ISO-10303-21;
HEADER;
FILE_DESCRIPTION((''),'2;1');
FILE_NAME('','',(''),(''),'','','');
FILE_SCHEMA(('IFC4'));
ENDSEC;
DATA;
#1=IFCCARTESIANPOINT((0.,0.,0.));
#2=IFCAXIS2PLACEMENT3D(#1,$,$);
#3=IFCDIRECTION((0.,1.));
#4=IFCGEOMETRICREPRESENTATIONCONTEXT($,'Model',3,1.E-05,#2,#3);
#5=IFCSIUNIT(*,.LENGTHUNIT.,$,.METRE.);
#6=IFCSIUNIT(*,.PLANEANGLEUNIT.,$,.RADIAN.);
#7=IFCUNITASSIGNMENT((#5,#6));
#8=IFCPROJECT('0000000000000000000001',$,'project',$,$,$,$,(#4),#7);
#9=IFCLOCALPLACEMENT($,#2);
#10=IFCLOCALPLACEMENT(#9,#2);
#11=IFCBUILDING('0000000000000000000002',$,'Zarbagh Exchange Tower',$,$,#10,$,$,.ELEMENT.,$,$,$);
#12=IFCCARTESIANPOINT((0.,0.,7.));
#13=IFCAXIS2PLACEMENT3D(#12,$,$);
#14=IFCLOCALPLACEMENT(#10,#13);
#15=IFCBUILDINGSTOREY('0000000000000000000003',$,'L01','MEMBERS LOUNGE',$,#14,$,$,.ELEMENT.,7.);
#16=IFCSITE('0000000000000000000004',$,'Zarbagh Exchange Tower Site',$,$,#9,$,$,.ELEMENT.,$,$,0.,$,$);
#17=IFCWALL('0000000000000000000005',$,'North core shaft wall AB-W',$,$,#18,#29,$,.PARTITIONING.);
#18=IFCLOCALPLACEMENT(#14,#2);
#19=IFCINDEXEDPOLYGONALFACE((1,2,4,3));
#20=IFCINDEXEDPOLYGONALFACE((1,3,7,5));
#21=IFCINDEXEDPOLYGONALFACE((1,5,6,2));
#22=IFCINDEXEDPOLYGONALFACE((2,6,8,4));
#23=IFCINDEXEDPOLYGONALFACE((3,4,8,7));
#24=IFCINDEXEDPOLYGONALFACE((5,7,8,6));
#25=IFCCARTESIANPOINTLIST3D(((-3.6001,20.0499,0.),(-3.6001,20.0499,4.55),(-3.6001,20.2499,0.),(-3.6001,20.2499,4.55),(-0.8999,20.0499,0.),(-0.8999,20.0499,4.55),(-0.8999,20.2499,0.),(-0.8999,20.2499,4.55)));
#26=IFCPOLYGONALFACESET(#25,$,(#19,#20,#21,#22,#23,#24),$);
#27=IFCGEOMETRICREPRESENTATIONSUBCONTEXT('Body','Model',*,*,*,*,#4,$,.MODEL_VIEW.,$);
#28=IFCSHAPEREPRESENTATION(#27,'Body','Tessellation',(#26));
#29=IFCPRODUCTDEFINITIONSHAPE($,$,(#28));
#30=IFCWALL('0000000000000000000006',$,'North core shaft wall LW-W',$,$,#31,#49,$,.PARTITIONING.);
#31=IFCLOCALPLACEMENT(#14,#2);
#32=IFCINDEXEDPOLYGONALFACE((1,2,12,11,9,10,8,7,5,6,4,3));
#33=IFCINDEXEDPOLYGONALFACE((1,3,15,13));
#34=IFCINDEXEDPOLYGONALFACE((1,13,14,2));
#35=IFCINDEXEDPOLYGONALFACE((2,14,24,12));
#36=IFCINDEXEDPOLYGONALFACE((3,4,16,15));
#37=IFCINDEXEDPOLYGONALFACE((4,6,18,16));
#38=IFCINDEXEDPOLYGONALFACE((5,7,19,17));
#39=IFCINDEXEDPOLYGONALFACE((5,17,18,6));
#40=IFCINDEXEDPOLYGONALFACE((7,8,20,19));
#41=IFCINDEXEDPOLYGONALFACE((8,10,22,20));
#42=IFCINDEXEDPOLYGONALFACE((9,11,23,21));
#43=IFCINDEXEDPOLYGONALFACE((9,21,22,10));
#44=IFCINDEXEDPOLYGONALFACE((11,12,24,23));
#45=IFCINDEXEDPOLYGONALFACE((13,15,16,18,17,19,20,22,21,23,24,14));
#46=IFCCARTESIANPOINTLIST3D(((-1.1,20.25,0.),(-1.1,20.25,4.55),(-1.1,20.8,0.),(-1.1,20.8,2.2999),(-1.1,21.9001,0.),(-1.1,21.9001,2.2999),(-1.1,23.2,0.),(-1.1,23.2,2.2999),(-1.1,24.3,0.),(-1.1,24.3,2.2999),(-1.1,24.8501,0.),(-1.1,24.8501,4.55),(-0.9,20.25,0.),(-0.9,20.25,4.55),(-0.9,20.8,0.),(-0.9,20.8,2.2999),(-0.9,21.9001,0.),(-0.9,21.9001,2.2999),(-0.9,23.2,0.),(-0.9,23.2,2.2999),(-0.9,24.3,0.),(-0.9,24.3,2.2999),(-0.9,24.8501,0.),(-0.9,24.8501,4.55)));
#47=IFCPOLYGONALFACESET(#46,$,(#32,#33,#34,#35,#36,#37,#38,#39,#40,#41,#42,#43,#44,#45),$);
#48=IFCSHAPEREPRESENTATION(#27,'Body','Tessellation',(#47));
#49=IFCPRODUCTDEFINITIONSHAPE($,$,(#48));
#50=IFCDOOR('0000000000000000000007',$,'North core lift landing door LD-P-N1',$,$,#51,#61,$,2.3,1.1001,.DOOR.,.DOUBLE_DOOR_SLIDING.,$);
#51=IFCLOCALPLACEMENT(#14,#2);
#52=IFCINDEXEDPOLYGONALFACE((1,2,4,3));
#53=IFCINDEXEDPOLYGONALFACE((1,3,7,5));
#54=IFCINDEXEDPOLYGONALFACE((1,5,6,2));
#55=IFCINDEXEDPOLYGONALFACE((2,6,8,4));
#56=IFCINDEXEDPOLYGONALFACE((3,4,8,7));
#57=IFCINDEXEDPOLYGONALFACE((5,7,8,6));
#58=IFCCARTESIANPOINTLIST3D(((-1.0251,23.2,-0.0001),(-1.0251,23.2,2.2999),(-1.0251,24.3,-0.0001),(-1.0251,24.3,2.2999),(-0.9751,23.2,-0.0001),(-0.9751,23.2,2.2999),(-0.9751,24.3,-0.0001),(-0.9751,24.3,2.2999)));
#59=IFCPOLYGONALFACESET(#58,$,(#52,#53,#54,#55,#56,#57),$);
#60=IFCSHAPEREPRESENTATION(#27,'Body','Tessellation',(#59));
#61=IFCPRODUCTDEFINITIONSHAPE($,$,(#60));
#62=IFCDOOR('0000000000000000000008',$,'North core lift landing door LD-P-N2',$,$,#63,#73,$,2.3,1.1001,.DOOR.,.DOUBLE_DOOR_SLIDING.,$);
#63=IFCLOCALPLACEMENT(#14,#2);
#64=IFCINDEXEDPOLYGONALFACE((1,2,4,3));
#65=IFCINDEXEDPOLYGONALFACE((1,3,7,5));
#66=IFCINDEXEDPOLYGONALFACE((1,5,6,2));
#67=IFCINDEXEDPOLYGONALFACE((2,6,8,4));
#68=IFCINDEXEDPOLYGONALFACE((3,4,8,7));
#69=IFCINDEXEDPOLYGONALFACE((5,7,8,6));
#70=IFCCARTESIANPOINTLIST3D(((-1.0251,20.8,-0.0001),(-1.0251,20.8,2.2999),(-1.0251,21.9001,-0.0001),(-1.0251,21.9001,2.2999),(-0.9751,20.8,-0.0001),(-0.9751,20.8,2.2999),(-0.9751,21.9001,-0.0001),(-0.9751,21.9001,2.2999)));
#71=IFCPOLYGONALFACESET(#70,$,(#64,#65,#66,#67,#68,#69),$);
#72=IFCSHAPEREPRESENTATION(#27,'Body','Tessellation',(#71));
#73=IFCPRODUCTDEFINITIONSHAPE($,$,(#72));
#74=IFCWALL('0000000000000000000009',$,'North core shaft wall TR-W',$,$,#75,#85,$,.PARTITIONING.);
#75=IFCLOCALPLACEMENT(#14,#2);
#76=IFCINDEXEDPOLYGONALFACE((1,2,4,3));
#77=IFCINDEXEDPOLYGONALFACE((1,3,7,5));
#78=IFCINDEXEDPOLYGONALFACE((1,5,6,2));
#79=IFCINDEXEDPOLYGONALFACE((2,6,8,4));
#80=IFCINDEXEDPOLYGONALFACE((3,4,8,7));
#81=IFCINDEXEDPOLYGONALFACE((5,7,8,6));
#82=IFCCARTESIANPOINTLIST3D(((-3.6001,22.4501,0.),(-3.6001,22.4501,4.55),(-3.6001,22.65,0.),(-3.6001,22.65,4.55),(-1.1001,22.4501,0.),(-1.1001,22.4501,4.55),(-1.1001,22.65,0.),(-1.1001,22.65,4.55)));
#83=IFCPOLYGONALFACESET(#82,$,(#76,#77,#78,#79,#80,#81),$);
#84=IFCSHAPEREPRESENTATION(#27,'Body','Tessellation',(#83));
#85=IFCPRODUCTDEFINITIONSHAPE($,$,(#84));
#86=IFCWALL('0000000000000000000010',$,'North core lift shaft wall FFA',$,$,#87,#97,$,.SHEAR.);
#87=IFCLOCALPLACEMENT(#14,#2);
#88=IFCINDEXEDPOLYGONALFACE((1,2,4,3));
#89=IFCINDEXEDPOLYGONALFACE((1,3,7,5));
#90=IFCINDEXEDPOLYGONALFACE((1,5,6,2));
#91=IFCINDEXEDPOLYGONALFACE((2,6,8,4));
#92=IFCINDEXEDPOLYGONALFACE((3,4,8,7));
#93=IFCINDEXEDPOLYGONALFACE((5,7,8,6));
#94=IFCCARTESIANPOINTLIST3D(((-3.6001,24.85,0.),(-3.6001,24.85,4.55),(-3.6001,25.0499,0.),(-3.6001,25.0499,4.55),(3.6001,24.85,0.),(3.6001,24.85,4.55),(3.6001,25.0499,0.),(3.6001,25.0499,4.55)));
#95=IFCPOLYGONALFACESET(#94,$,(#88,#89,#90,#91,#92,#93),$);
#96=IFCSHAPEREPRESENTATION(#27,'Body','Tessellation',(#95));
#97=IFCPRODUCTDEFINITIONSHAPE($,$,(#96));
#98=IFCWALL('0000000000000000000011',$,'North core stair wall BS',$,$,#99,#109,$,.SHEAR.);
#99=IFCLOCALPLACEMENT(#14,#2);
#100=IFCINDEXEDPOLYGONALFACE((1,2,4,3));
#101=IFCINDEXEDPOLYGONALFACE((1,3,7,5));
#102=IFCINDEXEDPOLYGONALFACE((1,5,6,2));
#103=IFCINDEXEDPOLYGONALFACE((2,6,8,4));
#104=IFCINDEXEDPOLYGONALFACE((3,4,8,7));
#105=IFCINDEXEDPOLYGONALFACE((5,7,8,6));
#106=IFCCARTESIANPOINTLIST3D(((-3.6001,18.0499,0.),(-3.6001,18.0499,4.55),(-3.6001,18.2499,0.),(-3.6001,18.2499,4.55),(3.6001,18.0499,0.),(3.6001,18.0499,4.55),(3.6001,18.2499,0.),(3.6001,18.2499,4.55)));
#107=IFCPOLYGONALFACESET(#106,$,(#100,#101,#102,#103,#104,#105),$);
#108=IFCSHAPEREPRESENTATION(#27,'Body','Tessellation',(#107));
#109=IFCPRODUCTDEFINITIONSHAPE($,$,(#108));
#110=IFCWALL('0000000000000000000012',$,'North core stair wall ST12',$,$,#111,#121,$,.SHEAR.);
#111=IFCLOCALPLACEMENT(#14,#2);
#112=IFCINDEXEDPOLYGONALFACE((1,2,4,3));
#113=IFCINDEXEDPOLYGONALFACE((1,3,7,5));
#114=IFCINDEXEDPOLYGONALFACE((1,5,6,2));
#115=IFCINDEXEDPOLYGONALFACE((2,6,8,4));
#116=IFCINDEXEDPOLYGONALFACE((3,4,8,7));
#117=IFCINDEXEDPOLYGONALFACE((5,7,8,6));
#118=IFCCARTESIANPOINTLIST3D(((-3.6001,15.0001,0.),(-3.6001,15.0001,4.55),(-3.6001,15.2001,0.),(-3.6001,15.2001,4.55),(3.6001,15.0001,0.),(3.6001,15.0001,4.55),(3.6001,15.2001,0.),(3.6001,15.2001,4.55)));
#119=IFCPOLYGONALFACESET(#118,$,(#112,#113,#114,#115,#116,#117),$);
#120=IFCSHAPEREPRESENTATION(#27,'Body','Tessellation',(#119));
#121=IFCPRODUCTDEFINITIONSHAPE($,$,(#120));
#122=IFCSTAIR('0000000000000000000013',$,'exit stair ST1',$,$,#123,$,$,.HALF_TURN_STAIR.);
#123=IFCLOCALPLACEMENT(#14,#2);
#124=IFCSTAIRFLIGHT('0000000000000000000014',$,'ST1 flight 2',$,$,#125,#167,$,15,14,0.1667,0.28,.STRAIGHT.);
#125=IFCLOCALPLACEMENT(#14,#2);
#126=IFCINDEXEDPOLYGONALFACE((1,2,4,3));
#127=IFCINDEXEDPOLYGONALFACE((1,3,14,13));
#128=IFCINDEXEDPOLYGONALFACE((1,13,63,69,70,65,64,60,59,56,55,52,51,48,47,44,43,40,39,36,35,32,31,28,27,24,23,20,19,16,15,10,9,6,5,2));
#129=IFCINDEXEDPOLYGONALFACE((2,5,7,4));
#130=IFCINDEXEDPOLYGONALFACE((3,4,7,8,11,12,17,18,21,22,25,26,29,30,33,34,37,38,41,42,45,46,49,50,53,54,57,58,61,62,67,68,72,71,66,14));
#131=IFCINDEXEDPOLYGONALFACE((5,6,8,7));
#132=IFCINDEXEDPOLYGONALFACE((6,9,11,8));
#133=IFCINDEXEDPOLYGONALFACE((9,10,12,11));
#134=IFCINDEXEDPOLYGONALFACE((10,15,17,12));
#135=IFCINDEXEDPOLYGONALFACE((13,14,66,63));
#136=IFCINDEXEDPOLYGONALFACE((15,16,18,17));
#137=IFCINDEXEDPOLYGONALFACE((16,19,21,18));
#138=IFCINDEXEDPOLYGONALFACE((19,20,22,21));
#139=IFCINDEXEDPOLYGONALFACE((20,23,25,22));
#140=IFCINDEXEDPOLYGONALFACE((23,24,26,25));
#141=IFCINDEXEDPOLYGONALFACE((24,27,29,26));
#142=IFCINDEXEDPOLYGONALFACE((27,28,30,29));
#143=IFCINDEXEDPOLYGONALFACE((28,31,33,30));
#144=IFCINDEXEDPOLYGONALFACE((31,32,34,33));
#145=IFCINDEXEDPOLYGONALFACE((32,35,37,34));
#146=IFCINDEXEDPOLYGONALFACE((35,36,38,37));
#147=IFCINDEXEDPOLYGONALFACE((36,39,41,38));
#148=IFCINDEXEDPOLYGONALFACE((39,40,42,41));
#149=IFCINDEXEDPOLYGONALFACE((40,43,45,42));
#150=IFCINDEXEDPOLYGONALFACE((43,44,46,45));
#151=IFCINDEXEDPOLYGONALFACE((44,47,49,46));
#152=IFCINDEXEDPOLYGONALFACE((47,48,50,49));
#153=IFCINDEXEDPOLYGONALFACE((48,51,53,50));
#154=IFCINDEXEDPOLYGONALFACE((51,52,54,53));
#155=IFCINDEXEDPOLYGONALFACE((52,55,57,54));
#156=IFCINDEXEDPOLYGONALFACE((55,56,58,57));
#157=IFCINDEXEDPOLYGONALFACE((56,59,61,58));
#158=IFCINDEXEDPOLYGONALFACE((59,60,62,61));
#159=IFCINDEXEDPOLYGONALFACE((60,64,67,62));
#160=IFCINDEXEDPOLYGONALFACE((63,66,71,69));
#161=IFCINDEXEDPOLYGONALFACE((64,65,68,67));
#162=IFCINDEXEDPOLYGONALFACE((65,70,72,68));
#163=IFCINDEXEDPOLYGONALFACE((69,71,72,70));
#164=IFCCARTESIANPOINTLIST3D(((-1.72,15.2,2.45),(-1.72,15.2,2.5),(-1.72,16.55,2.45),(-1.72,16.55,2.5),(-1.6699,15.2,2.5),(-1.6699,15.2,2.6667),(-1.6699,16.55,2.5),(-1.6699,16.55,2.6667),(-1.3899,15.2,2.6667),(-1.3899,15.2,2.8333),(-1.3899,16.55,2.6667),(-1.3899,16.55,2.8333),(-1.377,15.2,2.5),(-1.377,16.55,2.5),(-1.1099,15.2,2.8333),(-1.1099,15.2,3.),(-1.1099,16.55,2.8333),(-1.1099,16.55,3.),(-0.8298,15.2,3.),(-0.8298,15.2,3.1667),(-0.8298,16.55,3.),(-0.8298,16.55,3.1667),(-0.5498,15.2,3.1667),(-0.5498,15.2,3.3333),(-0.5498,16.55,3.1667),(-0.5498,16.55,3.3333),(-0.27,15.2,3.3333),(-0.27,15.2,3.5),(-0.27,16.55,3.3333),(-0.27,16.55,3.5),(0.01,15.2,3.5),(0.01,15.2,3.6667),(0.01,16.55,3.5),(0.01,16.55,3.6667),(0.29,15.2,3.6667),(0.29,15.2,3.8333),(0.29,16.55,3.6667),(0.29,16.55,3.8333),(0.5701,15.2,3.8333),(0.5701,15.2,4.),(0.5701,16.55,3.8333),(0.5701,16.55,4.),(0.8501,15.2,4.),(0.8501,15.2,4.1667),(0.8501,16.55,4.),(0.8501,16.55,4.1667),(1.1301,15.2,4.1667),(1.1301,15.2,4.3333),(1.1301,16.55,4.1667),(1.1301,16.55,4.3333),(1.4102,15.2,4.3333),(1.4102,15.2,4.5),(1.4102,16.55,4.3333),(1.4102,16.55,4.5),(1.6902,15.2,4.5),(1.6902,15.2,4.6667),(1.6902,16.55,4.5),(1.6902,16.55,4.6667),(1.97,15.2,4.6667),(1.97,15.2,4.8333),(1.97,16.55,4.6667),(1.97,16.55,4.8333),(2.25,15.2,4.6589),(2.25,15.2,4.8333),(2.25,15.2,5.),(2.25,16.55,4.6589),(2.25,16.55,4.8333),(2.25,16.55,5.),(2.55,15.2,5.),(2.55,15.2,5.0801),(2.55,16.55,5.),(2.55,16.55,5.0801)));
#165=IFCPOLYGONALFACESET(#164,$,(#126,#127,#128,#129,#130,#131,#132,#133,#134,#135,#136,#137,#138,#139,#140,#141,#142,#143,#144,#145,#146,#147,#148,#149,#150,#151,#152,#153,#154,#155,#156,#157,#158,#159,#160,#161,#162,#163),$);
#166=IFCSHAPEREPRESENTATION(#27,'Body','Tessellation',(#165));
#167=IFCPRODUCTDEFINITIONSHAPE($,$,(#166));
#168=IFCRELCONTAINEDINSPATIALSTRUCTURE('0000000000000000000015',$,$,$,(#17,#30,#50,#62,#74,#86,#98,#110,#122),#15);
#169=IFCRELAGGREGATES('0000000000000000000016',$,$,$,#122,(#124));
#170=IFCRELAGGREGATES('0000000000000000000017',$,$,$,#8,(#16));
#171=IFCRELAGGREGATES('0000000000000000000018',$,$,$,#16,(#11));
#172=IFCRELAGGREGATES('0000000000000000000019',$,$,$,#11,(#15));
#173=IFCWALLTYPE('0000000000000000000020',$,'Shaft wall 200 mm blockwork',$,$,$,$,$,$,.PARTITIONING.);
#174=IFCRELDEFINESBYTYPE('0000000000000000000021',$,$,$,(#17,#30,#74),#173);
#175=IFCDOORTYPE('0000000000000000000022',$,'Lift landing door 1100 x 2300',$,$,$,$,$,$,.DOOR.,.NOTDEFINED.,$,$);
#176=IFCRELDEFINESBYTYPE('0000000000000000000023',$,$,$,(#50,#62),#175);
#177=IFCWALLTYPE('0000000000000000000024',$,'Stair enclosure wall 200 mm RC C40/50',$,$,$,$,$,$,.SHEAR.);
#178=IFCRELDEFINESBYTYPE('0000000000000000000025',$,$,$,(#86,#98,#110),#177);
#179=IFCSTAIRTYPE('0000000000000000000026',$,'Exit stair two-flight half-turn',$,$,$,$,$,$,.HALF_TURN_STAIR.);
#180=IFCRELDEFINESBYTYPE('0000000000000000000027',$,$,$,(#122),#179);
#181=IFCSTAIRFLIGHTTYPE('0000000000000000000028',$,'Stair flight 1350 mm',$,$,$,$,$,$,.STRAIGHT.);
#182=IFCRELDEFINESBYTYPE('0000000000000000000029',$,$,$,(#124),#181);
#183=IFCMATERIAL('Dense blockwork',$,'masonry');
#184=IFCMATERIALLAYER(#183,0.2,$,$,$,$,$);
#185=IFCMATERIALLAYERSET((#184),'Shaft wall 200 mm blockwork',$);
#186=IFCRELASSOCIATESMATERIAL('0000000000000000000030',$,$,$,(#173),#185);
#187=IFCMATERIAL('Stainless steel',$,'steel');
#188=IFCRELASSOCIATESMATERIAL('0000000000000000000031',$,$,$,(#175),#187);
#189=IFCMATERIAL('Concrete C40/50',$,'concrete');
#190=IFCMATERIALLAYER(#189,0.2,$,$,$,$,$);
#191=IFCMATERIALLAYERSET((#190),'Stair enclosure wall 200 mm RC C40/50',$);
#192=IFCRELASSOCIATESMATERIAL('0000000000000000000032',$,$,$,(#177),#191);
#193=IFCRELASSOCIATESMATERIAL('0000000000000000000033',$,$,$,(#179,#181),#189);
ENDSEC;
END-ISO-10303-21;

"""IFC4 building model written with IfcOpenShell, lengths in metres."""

from ifc_helpers import new_model, si_unit, direction, frame, frame_2d, origin, place, context, subcontext, project, spatial, polyline, rectangle, outline, extrude, material, layer, layer_set, type_object, element, fill, aggregate, save


model = new_model("IFC4")

# Units and contexts
model_context = context("Model", 3, precision=1e-05, world=origin(), true_north=direction((0.0, 1.0)))
body_context = subcontext(model_context, "Body", "Model", "MODEL_VIEW")
ifc_project = project(units=[si_unit("LENGTHUNIT", "METRE"), si_unit("PLANEANGLEUNIT", "RADIAN")], contexts=[model_context])

# Site, building, storey
site_placement = place(None, origin())
site = spatial("IfcSite", under=ifc_project, at=site_placement, Name="Zarbagh Exchange Tower Site", CompositionType="ELEMENT", RefElevation=0.0)
building_placement = place(site_placement, origin())
building = spatial("IfcBuilding", under=site, at=building_placement, Name="Zarbagh Exchange Tower", CompositionType="ELEMENT")
storey_placement = place(building_placement, frame((0.0, 0.0, 7.0)))
storey = spatial("IfcBuildingStorey", under=building, at=storey_placement, Name="L01", Description="MEMBERS LOUNGE", CompositionType="ELEMENT", Elevation=7.0)

# Wall
ifc_material_1 = material(Name="Dense blockwork", Category="masonry")
ifc_layer_1 = layer(ifc_material_1, 0.2)
ifc_layer_set_1 = layer_set([ifc_layer_1], Name="Shaft wall 200 mm blockwork")
wall_type_1 = type_object("IfcWallType", Name="Shaft wall 200 mm blockwork", PredefinedType="PARTITIONING", material=ifc_layer_set_1)
wall_1_placement = place(storey_placement, frame((-3.6001, 20.1499, 0.0), z_axis=(0.0, 0.0, 1.0), x_axis=(1.0, 0.0, 0.0)))
element("IfcWall", 1, at=wall_1_placement, inside=storey, type_object=wall_type_1, Name="North core shaft wall AB-W", PredefinedType="PARTITIONING", context=body_context, shape_type="SweptSolid", body=[
    extrude(rectangle(XDim=2.7002, YDim=0.2, at=frame_2d((1.3501, 0.0))), origin(), (0.0, 0.0, 1.0), 4.55),
])

# Wall, openings, doors
wall_2_placement = place(storey_placement, frame((-1.0, 24.8501, 0.0), z_axis=(0.0, 0.0, 1.0), x_axis=(0.0, -1.0, 0.0)))
wall_2 = element("IfcWall", 2, at=wall_2_placement, inside=storey, type_object=wall_type_1, Name="North core shaft wall LW-W", PredefinedType="PARTITIONING", context=body_context, shape_type="SweptSolid", body=[
    extrude(rectangle(XDim=4.6001, YDim=0.2, at=frame_2d((2.3, 0.0))), origin(), (0.0, 0.0, 1.0), 4.55),
])
opening_1_placement = place(wall_2_placement, frame((0.55, 0.0, 0.0)))
opening_1 = element("IfcOpeningElement", 3, at=opening_1_placement, cuts=wall_2, PredefinedType="OPENING", context=body_context, shape_type="SweptSolid", body=[
    extrude(rectangle(XDim=1.1001, YDim=2.3, at=frame_2d((0.55, 1.1499))), frame((0.0, 0.1099, 0.0), z_axis=(0.0, -1.0, 0.0), x_axis=(1.0, 0.0, 0.0)), (0.0, 0.0, 1.0), 0.22),
])
opening_2_placement = place(wall_2_placement, frame((2.95, 0.0, 0.0)))
opening_2 = element("IfcOpeningElement", 4, at=opening_2_placement, cuts=wall_2, PredefinedType="OPENING", context=body_context, shape_type="SweptSolid", body=[
    extrude(rectangle(XDim=1.1001, YDim=2.3, at=frame_2d((0.55, 1.1499))), frame((0.0, 0.1099, 0.0), z_axis=(0.0, -1.0, 0.0), x_axis=(1.0, 0.0, 0.0)), (0.0, 0.0, 1.0), 0.22),
])
ifc_material_2 = material(Name="Stainless steel", Category="steel")
door_type_1 = type_object("IfcDoorType", Name="Lift landing door 1100 x 2300", OperationType="NOTDEFINED", PredefinedType="DOOR", material=ifc_material_2)
door_1_placement = place(opening_1_placement, origin())
door_1 = element("IfcDoor", 5, at=door_1_placement, inside=storey, type_object=door_type_1, Name="North core lift landing door LD-P-N1", OperationType="DOUBLE_DOOR_SLIDING", OverallHeight=2.3, OverallWidth=1.1001, PredefinedType="DOOR", context=body_context, shape_type="SweptSolid", body=[
    extrude(rectangle(XDim=1.1001, YDim=2.3, at=frame_2d((0.55, 1.1499))), frame((0.0, 0.0249, 0.0), z_axis=(0.0, -1.0, 0.0), x_axis=(1.0, 0.0, 0.0)), (0.0, 0.0, 1.0), 0.05),
])
fill(opening_1, door_1)
door_2_placement = place(opening_2_placement, origin())
door_2 = element("IfcDoor", 6, at=door_2_placement, inside=storey, type_object=door_type_1, Name="North core lift landing door LD-P-N2", OperationType="DOUBLE_DOOR_SLIDING", OverallHeight=2.3, OverallWidth=1.1001, PredefinedType="DOOR", context=body_context, shape_type="SweptSolid", body=[
    extrude(rectangle(XDim=1.1001, YDim=2.3, at=frame_2d((0.55, 1.1499))), frame((0.0, 0.0249, 0.0), z_axis=(0.0, -1.0, 0.0), x_axis=(1.0, 0.0, 0.0)), (0.0, 0.0, 1.0), 0.05),
])
fill(opening_2, door_2)

# Walls
wall_3_placement = place(storey_placement, frame((-3.6001, 22.55, 0.0), z_axis=(0.0, 0.0, 1.0), x_axis=(1.0, 0.0, 0.0)))
element("IfcWall", 7, at=wall_3_placement, inside=storey, type_object=wall_type_1, Name="North core shaft wall TR-W", PredefinedType="PARTITIONING", context=body_context, shape_type="SweptSolid", body=[
    extrude(rectangle(XDim=2.5, YDim=0.2, at=frame_2d((1.25, 0.0))), origin(), (0.0, 0.0, 1.0), 4.55),
])
ifc_material_3 = material(Name="Concrete C40/50", Category="concrete")
ifc_layer_2 = layer(ifc_material_3, 0.2)
ifc_layer_set_2 = layer_set([ifc_layer_2], Name="Stair enclosure wall 200 mm RC C40/50")
wall_type_2 = type_object("IfcWallType", Name="Stair enclosure wall 200 mm RC C40/50", PredefinedType="SHEAR", material=ifc_layer_set_2)
for number, where, z_axis, x_axis, name in (
    (8, (-3.6001, 24.95, 0.0), (0.0, 0.0, 1.0), (1.0, 0.0, 0.0), "North core lift shaft wall FFA"),
    (9, (-3.6001, 18.1499, 0.0), (0.0, 0.0, 1.0), (1.0, 0.0, 0.0), "North core stair wall BS"),
    (10, (-3.6001, 15.1001, 0.0), (0.0, 0.0, 1.0), (1.0, 0.0, 0.0), "North core stair wall ST12"),
):
    element("IfcWall", number, at=place(storey_placement, frame(where, z_axis=z_axis, x_axis=x_axis)), inside=storey, type_object=wall_type_2, Name=name, PredefinedType="SHEAR", context=body_context, shape_type="SweptSolid", body=[
        extrude(rectangle(XDim=7.2002, YDim=0.2, at=frame_2d((3.6001, 0.0))), origin(), (0.0, 0.0, 1.0), 4.55),
    ])

# Stair, stair flight
stair_type = type_object("IfcStairType", Name="Exit stair two-flight half-turn", PredefinedType="HALF_TURN_STAIR", material=ifc_material_3)
stair_1_placement = place(storey_placement, origin())
stair_1 = element("IfcStair", 11, at=stair_1_placement, inside=storey, type_object=stair_type, Name="exit stair ST1", PredefinedType="HALF_TURN_STAIR")
stair_flight_type = type_object("IfcStairFlightType", Name="Stair flight 1350 mm", PredefinedType="STRAIGHT", material=ifc_material_3)
stair_flight_1_placement = place(storey_placement, frame((-1.6699, 15.875, 2.5), z_axis=(0.0, 0.0, 1.0), x_axis=(1.0, 0.0, 0.0)))
stair_flight_1 = element("IfcStairFlight", 12, at=stair_flight_1_placement, type_object=stair_flight_type, Name="ST1 flight 2", NumberOfRisers=15, NumberOfTreads=14, PredefinedType="STRAIGHT", RiserHeight=0.1667, TreadLength=0.28, context=body_context, shape_type="SweptSolid", body=[
    extrude(outline(polyline([(-0.05, -0.05), (-0.05, 0.0), (0.0, 0.0), (0.0, 0.1667), (0.28, 0.1667), (0.28, 0.3333), (0.5601, 0.3333), (0.5601, 0.5), (0.8401, 0.5), (0.8401, 0.6667), (1.1201, 0.6667), (1.1201, 0.8333), (1.3999, 0.8333), (1.3999, 1.0), (1.6799, 1.0), (1.6799, 1.1667), (1.96, 1.1667), (1.96, 1.3333), (2.24, 1.3333), (2.24, 1.5), (2.52, 1.5), (2.52, 1.6667), (2.8, 1.6667), (2.8, 1.8333), (3.0801, 1.8333), (3.0801, 2.0), (3.3601, 2.0), (3.3601, 2.1667), (3.6399, 2.1667), (3.6399, 2.3333), (3.9199, 2.3333), (3.9199, 2.5), (4.22, 2.5801), (4.22, 2.5), (3.9199, 2.1589), (0.293, 0.0), (-0.05, -0.05)])), frame((0.0, 0.675, 0.0), z_axis=(0.0, -1.0, 0.0), x_axis=(1.0, 0.0, 0.0)), (0.0, 0.0, 1.0), 1.3501),
])
aggregate(stair_1, [stair_flight_1])

save(model, "model.ifc")
